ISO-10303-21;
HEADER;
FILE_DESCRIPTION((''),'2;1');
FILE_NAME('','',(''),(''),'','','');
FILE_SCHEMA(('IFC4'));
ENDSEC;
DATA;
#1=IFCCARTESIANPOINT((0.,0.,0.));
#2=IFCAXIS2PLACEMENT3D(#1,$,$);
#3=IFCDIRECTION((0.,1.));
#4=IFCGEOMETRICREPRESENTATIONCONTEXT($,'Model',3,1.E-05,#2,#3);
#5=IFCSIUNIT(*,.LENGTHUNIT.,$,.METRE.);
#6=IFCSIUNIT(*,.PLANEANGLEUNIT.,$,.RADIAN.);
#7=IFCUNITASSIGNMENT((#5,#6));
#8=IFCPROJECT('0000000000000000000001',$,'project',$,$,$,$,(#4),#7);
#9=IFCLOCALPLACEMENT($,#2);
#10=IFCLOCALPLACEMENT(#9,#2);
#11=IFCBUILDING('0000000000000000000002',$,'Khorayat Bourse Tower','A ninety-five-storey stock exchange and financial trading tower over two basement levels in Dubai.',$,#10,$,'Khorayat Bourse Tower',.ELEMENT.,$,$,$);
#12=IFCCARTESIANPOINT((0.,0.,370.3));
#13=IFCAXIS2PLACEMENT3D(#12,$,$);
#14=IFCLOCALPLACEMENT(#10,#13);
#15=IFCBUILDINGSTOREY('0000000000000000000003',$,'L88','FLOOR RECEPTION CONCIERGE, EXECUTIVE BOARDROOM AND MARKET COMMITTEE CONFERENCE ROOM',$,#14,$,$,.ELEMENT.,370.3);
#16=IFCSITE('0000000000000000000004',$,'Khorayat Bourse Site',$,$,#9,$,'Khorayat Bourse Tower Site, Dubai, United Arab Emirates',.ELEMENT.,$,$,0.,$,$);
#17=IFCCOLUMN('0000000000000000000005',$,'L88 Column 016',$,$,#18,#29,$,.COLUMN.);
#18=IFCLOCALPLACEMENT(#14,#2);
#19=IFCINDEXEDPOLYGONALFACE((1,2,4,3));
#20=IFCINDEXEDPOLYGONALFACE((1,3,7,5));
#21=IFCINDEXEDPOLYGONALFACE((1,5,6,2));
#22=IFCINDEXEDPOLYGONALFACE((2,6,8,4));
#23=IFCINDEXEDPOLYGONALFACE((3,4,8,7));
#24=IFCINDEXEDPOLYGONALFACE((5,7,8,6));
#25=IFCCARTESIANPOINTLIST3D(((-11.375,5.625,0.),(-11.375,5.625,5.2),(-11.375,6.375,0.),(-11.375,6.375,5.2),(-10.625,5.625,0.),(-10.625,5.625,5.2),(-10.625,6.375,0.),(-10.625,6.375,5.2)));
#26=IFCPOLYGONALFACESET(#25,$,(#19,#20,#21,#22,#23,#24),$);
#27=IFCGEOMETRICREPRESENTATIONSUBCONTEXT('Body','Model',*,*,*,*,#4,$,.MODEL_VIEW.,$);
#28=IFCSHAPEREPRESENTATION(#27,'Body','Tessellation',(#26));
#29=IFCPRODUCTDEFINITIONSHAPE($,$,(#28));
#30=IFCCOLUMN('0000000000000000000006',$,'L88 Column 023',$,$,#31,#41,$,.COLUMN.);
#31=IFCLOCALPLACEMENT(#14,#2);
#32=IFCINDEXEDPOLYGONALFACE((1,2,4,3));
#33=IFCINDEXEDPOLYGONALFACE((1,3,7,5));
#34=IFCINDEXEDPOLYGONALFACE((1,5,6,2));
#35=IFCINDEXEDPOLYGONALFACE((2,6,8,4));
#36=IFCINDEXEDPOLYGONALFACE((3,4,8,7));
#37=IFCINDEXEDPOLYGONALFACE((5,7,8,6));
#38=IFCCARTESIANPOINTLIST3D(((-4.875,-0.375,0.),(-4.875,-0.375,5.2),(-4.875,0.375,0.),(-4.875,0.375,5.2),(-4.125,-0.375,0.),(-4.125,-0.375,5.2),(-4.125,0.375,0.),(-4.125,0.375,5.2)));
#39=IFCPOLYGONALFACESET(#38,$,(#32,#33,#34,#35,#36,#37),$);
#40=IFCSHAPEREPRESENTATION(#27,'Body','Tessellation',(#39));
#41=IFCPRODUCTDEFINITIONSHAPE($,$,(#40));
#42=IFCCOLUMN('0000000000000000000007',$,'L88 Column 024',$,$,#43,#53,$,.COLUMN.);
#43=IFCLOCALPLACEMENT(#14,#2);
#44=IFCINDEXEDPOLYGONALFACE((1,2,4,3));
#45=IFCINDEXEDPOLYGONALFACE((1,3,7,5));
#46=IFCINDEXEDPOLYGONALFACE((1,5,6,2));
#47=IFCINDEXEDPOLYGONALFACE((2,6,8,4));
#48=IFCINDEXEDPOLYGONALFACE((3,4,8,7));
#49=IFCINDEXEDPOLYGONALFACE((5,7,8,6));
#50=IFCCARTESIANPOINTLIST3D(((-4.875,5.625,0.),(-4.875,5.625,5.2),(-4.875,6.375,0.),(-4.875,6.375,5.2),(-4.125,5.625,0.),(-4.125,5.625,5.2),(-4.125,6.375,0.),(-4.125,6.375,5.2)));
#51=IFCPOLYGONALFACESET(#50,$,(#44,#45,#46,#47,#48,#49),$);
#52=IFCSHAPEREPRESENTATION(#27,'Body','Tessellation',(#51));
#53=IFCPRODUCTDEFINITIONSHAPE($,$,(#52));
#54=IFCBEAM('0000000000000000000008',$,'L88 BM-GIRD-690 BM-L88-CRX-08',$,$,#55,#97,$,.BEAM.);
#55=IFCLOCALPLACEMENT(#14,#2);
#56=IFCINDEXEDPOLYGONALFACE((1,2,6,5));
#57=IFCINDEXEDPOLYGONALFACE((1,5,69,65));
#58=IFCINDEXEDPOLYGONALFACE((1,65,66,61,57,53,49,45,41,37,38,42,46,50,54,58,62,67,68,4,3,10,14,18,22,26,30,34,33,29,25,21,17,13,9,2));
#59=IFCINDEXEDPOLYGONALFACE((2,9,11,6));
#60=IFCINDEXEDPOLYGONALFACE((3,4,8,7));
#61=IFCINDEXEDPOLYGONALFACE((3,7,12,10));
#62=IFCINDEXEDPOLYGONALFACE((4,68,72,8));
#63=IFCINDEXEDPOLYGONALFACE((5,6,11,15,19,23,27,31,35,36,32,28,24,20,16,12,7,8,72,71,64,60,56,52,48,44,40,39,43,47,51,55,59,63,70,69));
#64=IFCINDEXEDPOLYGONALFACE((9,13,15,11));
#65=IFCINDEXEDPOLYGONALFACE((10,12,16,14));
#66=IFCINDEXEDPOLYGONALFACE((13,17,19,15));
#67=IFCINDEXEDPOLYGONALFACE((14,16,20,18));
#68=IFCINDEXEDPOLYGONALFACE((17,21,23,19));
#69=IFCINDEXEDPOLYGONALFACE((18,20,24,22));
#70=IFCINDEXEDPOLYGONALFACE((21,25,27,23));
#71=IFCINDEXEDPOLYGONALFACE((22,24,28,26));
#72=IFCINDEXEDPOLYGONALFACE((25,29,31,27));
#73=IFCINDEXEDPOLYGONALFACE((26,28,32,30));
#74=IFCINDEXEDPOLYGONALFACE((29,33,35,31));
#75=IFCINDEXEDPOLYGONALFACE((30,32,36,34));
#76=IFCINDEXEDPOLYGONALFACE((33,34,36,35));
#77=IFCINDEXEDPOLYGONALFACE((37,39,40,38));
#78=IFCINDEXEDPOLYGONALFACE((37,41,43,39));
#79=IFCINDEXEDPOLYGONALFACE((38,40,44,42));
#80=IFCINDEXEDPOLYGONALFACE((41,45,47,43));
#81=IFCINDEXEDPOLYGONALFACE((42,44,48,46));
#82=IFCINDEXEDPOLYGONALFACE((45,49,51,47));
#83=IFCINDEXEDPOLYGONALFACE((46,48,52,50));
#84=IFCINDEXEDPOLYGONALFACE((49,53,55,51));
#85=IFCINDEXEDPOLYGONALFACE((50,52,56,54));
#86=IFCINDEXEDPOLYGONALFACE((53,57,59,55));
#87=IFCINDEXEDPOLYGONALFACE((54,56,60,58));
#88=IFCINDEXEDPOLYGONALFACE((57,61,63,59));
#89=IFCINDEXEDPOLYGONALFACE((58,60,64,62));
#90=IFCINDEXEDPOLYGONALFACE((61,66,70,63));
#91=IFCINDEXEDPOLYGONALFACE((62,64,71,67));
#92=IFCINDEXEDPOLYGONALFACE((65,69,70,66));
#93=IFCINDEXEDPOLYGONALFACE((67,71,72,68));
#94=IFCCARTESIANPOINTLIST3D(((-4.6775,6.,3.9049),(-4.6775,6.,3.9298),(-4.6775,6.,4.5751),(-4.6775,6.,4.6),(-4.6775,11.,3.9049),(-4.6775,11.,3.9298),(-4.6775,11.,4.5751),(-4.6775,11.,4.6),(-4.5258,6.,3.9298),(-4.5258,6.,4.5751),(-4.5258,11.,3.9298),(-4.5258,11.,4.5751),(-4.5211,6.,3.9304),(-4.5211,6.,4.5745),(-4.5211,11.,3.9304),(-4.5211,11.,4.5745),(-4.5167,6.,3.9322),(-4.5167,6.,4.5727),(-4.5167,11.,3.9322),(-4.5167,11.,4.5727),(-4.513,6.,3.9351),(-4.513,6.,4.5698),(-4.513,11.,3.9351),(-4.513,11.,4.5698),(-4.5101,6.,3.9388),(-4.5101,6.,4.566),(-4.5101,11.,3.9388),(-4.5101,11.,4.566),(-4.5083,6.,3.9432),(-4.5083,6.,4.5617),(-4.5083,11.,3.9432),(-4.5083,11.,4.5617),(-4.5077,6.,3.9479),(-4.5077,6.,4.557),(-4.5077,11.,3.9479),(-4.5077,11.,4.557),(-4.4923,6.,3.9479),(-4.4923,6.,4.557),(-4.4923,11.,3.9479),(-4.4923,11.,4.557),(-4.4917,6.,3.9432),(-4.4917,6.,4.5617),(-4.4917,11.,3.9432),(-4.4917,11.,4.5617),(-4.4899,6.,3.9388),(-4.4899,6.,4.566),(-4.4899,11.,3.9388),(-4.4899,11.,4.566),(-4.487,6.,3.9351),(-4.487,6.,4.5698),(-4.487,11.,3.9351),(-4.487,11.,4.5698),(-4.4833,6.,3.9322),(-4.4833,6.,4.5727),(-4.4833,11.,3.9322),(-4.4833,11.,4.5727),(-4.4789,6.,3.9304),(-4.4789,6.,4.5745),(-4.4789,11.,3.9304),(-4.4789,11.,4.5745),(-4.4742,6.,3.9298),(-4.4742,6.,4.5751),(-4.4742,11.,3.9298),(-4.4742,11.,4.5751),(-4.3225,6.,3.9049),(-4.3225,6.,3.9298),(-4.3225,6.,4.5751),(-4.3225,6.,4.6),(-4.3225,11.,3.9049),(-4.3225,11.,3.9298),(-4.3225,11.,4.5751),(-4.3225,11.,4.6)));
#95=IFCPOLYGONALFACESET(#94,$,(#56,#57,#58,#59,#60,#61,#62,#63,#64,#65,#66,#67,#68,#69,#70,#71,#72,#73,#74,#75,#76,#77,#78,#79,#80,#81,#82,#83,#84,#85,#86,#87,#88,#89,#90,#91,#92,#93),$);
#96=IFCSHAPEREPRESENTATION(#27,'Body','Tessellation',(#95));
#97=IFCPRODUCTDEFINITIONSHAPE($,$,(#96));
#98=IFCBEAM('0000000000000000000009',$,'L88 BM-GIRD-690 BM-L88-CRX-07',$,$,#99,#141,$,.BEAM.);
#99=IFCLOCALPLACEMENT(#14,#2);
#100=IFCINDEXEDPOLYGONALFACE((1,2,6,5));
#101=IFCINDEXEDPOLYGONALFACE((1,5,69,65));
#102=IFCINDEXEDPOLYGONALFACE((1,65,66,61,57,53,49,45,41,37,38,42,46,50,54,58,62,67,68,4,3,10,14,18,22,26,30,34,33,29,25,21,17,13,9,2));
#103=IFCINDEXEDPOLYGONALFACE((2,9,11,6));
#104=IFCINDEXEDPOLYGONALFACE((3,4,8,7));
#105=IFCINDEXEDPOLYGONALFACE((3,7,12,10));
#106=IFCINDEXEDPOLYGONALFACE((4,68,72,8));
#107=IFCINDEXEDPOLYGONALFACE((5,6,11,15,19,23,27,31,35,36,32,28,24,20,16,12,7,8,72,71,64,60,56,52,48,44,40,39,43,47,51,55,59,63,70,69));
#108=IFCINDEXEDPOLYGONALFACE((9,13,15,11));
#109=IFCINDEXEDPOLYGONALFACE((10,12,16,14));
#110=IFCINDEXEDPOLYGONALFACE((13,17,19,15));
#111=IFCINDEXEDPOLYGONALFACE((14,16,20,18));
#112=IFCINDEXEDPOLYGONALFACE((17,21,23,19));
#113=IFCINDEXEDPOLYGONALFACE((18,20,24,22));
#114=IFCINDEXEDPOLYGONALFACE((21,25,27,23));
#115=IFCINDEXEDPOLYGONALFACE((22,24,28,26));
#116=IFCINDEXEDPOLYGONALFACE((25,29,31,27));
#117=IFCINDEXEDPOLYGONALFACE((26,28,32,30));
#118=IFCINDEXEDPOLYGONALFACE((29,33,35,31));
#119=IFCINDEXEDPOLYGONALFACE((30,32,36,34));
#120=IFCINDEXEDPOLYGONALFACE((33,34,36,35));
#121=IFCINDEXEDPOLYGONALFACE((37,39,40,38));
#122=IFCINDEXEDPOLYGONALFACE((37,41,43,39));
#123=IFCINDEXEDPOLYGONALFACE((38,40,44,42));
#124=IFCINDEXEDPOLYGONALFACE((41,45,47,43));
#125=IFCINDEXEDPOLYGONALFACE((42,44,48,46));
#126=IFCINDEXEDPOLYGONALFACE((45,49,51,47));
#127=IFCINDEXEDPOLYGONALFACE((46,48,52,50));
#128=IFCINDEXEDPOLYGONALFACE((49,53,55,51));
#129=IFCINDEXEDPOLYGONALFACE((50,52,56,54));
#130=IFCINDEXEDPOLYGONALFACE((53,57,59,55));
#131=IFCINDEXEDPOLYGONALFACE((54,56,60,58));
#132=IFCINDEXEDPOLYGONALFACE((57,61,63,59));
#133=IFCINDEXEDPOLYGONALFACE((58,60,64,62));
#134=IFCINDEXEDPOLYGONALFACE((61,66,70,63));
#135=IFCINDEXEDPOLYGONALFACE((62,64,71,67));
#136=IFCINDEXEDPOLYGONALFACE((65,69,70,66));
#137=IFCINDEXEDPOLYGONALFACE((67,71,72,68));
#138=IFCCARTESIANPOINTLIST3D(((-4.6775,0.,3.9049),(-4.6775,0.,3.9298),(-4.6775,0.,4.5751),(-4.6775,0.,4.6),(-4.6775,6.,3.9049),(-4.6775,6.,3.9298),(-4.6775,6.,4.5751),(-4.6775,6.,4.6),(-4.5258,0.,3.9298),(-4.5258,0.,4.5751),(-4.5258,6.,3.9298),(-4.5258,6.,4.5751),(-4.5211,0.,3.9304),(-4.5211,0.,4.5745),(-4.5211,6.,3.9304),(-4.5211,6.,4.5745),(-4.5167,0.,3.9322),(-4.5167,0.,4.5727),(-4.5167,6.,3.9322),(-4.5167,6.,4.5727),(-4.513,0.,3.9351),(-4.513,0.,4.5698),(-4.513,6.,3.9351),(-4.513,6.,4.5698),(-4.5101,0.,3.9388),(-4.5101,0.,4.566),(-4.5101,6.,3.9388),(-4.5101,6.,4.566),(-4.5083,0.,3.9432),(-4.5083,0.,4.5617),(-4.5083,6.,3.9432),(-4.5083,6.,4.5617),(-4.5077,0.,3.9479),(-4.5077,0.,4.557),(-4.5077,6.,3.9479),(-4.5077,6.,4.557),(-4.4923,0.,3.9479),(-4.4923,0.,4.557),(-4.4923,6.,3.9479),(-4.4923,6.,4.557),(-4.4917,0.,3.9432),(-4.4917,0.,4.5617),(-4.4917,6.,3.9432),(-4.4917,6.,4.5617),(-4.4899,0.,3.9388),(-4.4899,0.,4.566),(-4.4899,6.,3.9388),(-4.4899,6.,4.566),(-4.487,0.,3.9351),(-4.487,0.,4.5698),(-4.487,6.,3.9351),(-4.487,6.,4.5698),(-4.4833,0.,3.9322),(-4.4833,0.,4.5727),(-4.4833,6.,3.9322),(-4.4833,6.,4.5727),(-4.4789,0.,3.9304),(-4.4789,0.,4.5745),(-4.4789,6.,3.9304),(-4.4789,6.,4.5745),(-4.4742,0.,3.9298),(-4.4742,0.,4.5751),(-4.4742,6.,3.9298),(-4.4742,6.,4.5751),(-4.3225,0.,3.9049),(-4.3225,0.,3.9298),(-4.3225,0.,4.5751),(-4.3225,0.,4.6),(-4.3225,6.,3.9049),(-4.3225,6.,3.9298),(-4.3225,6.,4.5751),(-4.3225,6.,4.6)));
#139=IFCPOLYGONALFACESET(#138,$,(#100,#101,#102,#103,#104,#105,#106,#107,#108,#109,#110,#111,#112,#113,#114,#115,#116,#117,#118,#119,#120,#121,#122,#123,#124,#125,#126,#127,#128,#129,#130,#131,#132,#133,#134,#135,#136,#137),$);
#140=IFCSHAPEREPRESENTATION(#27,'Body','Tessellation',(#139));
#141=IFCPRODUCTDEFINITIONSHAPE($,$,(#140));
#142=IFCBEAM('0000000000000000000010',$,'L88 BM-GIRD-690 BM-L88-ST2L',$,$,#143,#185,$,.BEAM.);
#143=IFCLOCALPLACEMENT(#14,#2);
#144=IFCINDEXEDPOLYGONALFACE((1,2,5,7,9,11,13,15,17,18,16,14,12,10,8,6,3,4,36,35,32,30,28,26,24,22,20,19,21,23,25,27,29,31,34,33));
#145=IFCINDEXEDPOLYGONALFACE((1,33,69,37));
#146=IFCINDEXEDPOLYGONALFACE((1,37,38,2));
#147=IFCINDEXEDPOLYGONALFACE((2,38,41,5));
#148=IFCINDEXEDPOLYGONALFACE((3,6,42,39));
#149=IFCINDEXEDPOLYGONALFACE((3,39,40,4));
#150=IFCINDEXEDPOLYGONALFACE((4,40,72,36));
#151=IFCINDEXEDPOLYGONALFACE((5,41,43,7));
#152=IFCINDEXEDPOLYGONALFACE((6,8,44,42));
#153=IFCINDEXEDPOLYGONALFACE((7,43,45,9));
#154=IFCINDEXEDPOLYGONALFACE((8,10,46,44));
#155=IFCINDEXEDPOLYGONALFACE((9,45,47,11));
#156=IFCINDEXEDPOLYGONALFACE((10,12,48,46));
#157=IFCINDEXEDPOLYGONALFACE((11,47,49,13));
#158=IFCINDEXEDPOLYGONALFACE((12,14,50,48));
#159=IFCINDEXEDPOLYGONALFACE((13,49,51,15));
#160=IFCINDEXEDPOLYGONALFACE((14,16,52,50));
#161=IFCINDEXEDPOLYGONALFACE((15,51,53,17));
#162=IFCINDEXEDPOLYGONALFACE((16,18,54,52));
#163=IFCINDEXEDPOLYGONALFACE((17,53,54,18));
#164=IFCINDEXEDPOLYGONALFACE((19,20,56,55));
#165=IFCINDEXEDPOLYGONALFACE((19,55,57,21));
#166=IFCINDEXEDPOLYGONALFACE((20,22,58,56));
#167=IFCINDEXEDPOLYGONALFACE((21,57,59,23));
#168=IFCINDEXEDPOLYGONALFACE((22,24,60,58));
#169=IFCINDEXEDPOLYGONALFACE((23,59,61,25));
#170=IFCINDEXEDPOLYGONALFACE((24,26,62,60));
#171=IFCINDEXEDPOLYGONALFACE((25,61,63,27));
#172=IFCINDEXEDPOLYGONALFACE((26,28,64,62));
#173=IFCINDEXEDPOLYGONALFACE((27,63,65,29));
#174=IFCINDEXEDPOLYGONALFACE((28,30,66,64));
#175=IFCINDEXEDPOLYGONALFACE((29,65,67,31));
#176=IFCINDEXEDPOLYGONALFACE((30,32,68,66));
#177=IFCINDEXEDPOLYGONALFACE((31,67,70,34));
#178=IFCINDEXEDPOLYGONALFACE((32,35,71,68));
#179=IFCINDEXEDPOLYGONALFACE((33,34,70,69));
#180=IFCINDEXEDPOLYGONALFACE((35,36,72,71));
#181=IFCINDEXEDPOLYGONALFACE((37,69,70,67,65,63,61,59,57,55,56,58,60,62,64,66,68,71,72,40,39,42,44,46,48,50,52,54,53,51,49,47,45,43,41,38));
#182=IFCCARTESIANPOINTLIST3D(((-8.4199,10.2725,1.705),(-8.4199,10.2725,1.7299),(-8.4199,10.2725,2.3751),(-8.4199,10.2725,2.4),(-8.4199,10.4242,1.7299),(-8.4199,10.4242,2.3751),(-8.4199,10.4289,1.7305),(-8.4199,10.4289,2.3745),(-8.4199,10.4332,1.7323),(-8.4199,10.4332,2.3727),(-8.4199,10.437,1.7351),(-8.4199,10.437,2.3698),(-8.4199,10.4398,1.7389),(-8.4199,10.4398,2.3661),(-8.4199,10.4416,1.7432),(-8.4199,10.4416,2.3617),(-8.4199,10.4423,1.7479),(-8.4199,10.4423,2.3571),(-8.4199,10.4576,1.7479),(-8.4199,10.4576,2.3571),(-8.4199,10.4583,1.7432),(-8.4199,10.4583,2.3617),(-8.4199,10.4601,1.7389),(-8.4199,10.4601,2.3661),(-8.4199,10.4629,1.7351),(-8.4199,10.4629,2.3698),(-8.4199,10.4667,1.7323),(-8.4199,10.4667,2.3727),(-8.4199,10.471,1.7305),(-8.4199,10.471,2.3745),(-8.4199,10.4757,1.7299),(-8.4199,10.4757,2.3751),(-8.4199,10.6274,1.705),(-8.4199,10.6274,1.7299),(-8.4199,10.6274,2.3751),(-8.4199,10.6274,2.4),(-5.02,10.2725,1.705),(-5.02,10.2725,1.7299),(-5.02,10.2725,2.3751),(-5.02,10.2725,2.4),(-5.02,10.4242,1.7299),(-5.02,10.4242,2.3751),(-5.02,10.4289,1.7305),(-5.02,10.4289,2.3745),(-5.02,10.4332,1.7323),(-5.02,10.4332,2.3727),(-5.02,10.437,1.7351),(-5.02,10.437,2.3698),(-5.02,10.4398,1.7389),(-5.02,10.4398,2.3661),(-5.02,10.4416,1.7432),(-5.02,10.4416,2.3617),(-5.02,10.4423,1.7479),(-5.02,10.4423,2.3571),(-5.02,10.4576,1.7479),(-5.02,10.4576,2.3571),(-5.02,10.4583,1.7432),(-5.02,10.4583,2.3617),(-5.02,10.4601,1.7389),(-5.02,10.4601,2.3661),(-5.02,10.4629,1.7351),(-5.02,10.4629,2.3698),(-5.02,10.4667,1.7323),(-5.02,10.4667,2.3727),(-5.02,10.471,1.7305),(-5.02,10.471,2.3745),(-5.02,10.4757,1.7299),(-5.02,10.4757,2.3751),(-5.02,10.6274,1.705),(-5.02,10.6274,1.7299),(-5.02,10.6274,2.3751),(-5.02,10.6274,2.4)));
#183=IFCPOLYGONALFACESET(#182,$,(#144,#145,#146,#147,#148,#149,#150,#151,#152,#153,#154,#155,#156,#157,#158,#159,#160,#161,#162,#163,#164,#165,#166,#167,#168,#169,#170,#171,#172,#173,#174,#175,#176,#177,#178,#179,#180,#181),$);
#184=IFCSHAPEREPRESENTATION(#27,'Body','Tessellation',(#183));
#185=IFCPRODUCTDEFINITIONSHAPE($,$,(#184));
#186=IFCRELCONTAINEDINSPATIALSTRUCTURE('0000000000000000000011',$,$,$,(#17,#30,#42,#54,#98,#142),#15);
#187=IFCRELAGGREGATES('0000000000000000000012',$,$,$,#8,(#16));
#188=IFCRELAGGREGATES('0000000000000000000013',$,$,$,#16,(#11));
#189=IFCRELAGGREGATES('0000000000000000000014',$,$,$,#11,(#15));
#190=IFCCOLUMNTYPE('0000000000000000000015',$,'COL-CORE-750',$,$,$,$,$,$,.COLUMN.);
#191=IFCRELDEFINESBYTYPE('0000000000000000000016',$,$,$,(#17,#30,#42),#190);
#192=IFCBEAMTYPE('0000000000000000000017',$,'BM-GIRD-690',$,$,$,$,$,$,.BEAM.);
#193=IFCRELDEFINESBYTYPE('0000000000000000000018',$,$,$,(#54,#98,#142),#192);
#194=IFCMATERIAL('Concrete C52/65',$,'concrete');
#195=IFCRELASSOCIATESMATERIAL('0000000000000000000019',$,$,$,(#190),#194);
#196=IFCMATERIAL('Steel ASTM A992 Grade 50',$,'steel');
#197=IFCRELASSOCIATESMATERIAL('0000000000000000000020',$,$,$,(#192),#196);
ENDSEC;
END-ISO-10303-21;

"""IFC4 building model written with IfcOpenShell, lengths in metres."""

from ifc_helpers import new_model, si_unit, direction, frame, origin, origin_2d, place, context, subcontext, project, spatial, rectangle, i_section, extrude, source, transform, mapped, material, material_profile, profile_set, type_object, element, save


model = new_model("IFC4")

# Units and contexts
model_context = context("Model", 3, precision=1e-05, world=origin(), true_north=direction((0.0, 1.0)))
body_context = subcontext(model_context, "Body", "Model", "MODEL_VIEW")
ifc_project = project(units=[si_unit("LENGTHUNIT", "METRE"), si_unit("PLANEANGLEUNIT", "RADIAN")], contexts=[model_context])

# Site, building, storey
site_placement = place(None, origin())
site = spatial("IfcSite", under=ifc_project, at=site_placement, Name="Khorayat Bourse Site", LongName="Khorayat Bourse Tower Site, Dubai, United Arab Emirates", CompositionType="ELEMENT", RefElevation=0.0)
building_placement = place(site_placement, origin())
building = spatial("IfcBuilding", under=site, at=building_placement, Name="Khorayat Bourse Tower", Description="A ninety-five-storey stock exchange and financial trading tower over two basement levels in Dubai.", LongName="Khorayat Bourse Tower", CompositionType="ELEMENT")
storey_placement = place(building_placement, frame((0.0, 0.0, 370.3)))
storey = spatial("IfcBuildingStorey", under=building, at=storey_placement, Name="L88", Description="FLOOR RECEPTION CONCIERGE, EXECUTIVE BOARDROOM AND MARKET COMMITTEE CONFERENCE ROOM", CompositionType="ELEMENT", Elevation=370.3)

# Columns
ifc_material_1 = material(Name="Concrete C52/65", Category="concrete")
ifc_material_profile_1 = material_profile(ifc_material_1, rectangle(XDim=0.75, YDim=0.75, at=origin_2d()), Name="RC 750x750")
ifc_profile_set_1 = profile_set([ifc_material_profile_1], Name="Concrete C52/65")
column_type = type_object("IfcColumnType", Name="COL-CORE-750", PredefinedType="COLUMN", material=ifc_profile_set_1)
shared_shape_1 = source(origin(), body_context, "Body", "SweptSolid", [
    extrude(rectangle(XDim=0.75, YDim=0.75, at=origin_2d()), origin(), (0.0, 0.0, 1.0), 5.2),
])
for number, where, z_axis, x_axis, name in (
    (1, (-11.0, 6.0, 0.0), (0.0, 0.0, 1.0), (1.0, 0.0, 0.0), "L88 Column 016"),
    (2, (-4.5, 0.0, 0.0), (0.0, 0.0, 1.0), (1.0, 0.0, 0.0), "L88 Column 023"),
    (3, (-4.5, 6.0, 0.0), (0.0, 0.0, 1.0), (1.0, 0.0, 0.0), "L88 Column 024"),
):
    element("IfcColumn", number, at=place(storey_placement, frame(where, z_axis=z_axis, x_axis=x_axis)), inside=storey, type_object=column_type, Name=name, PredefinedType="COLUMN", context=body_context, shape_type="MappedRepresentation", body=[
        mapped(shared_shape_1, transform((0.0, 0.0, 0.0), scale=1.0)),
    ])

# Beams
ifc_material_2 = material(Name="Steel ASTM A992 Grade 50", Category="steel")
ifc_material_profile_2 = material_profile(ifc_material_2, i_section(OverallWidth=0.355, OverallDepth=0.6951, WebThickness=0.0154, FlangeThickness=0.0249, FilletRadius=0.0181, at=origin_2d()), Name="W690X217")
ifc_profile_set_2 = profile_set([ifc_material_profile_2], Name="Steel ASTM A992 Grade 50")
beam_type_1 = type_object("IfcBeamType", Name="BM-GIRD-690", PredefinedType="BEAM", material=ifc_profile_set_2)
shared_shape_2 = source(origin(), body_context, "Body", "SweptSolid", [
    extrude(i_section(OverallWidth=0.355, OverallDepth=0.6951, WebThickness=0.0154, FlangeThickness=0.0249, FilletRadius=0.0181, at=origin_2d()), origin(), (0.0, 0.0, 1.0), 5.0),
])
beam_1_placement = place(storey_placement, frame((-4.5, 6.0, 4.2524), z_axis=(0.0, 1.0, 0.0), x_axis=(-1.0, 0.0, 0.0)))
element("IfcBeam", 4, at=beam_1_placement, inside=storey, type_object=beam_type_1, Name="L88 BM-GIRD-690 BM-L88-CRX-08", PredefinedType="BEAM", context=body_context, shape_type="MappedRepresentation", body=[
    mapped(shared_shape_2, transform((0.0, 0.0, 0.0), scale=1.0)),
])
shared_shape_3 = source(origin(), body_context, "Body", "SweptSolid", [
    extrude(i_section(OverallWidth=0.355, OverallDepth=0.6951, WebThickness=0.0154, FlangeThickness=0.0249, FilletRadius=0.0181, at=origin_2d()), origin(), (0.0, 0.0, 1.0), 6.0),
])
beam_2_placement = place(storey_placement, frame((-4.5, 0.0, 4.2524), z_axis=(0.0, 1.0, 0.0), x_axis=(-1.0, 0.0, 0.0)))
element("IfcBeam", 5, at=beam_2_placement, inside=storey, type_object=beam_type_1, Name="L88 BM-GIRD-690 BM-L88-CRX-07", PredefinedType="BEAM", context=body_context, shape_type="MappedRepresentation", body=[
    mapped(shared_shape_3, transform((0.0, 0.0, 0.0), scale=1.0)),
])
shared_shape_4 = source(origin(), body_context, "Body", "SweptSolid", [
    extrude(i_section(OverallWidth=0.355, OverallDepth=0.6951, WebThickness=0.0154, FlangeThickness=0.0249, FilletRadius=0.0181, at=origin_2d()), origin(), (0.0, 0.0, 1.0), 3.3999),
])
beam_3_placement = place(storey_placement, frame((-8.4199, 10.45, 2.0525), z_axis=(1.0, 0.0, 0.0), x_axis=(0.0, 1.0, 0.0)))
element("IfcBeam", 6, at=beam_3_placement, inside=storey, type_object=beam_type_1, Name="L88 BM-GIRD-690 BM-L88-ST2L", PredefinedType="BEAM", context=body_context, shape_type="MappedRepresentation", body=[
    mapped(shared_shape_4, transform((0.0, 0.0, 0.0), scale=1.0)),
])

save(model, "model.ifc")
